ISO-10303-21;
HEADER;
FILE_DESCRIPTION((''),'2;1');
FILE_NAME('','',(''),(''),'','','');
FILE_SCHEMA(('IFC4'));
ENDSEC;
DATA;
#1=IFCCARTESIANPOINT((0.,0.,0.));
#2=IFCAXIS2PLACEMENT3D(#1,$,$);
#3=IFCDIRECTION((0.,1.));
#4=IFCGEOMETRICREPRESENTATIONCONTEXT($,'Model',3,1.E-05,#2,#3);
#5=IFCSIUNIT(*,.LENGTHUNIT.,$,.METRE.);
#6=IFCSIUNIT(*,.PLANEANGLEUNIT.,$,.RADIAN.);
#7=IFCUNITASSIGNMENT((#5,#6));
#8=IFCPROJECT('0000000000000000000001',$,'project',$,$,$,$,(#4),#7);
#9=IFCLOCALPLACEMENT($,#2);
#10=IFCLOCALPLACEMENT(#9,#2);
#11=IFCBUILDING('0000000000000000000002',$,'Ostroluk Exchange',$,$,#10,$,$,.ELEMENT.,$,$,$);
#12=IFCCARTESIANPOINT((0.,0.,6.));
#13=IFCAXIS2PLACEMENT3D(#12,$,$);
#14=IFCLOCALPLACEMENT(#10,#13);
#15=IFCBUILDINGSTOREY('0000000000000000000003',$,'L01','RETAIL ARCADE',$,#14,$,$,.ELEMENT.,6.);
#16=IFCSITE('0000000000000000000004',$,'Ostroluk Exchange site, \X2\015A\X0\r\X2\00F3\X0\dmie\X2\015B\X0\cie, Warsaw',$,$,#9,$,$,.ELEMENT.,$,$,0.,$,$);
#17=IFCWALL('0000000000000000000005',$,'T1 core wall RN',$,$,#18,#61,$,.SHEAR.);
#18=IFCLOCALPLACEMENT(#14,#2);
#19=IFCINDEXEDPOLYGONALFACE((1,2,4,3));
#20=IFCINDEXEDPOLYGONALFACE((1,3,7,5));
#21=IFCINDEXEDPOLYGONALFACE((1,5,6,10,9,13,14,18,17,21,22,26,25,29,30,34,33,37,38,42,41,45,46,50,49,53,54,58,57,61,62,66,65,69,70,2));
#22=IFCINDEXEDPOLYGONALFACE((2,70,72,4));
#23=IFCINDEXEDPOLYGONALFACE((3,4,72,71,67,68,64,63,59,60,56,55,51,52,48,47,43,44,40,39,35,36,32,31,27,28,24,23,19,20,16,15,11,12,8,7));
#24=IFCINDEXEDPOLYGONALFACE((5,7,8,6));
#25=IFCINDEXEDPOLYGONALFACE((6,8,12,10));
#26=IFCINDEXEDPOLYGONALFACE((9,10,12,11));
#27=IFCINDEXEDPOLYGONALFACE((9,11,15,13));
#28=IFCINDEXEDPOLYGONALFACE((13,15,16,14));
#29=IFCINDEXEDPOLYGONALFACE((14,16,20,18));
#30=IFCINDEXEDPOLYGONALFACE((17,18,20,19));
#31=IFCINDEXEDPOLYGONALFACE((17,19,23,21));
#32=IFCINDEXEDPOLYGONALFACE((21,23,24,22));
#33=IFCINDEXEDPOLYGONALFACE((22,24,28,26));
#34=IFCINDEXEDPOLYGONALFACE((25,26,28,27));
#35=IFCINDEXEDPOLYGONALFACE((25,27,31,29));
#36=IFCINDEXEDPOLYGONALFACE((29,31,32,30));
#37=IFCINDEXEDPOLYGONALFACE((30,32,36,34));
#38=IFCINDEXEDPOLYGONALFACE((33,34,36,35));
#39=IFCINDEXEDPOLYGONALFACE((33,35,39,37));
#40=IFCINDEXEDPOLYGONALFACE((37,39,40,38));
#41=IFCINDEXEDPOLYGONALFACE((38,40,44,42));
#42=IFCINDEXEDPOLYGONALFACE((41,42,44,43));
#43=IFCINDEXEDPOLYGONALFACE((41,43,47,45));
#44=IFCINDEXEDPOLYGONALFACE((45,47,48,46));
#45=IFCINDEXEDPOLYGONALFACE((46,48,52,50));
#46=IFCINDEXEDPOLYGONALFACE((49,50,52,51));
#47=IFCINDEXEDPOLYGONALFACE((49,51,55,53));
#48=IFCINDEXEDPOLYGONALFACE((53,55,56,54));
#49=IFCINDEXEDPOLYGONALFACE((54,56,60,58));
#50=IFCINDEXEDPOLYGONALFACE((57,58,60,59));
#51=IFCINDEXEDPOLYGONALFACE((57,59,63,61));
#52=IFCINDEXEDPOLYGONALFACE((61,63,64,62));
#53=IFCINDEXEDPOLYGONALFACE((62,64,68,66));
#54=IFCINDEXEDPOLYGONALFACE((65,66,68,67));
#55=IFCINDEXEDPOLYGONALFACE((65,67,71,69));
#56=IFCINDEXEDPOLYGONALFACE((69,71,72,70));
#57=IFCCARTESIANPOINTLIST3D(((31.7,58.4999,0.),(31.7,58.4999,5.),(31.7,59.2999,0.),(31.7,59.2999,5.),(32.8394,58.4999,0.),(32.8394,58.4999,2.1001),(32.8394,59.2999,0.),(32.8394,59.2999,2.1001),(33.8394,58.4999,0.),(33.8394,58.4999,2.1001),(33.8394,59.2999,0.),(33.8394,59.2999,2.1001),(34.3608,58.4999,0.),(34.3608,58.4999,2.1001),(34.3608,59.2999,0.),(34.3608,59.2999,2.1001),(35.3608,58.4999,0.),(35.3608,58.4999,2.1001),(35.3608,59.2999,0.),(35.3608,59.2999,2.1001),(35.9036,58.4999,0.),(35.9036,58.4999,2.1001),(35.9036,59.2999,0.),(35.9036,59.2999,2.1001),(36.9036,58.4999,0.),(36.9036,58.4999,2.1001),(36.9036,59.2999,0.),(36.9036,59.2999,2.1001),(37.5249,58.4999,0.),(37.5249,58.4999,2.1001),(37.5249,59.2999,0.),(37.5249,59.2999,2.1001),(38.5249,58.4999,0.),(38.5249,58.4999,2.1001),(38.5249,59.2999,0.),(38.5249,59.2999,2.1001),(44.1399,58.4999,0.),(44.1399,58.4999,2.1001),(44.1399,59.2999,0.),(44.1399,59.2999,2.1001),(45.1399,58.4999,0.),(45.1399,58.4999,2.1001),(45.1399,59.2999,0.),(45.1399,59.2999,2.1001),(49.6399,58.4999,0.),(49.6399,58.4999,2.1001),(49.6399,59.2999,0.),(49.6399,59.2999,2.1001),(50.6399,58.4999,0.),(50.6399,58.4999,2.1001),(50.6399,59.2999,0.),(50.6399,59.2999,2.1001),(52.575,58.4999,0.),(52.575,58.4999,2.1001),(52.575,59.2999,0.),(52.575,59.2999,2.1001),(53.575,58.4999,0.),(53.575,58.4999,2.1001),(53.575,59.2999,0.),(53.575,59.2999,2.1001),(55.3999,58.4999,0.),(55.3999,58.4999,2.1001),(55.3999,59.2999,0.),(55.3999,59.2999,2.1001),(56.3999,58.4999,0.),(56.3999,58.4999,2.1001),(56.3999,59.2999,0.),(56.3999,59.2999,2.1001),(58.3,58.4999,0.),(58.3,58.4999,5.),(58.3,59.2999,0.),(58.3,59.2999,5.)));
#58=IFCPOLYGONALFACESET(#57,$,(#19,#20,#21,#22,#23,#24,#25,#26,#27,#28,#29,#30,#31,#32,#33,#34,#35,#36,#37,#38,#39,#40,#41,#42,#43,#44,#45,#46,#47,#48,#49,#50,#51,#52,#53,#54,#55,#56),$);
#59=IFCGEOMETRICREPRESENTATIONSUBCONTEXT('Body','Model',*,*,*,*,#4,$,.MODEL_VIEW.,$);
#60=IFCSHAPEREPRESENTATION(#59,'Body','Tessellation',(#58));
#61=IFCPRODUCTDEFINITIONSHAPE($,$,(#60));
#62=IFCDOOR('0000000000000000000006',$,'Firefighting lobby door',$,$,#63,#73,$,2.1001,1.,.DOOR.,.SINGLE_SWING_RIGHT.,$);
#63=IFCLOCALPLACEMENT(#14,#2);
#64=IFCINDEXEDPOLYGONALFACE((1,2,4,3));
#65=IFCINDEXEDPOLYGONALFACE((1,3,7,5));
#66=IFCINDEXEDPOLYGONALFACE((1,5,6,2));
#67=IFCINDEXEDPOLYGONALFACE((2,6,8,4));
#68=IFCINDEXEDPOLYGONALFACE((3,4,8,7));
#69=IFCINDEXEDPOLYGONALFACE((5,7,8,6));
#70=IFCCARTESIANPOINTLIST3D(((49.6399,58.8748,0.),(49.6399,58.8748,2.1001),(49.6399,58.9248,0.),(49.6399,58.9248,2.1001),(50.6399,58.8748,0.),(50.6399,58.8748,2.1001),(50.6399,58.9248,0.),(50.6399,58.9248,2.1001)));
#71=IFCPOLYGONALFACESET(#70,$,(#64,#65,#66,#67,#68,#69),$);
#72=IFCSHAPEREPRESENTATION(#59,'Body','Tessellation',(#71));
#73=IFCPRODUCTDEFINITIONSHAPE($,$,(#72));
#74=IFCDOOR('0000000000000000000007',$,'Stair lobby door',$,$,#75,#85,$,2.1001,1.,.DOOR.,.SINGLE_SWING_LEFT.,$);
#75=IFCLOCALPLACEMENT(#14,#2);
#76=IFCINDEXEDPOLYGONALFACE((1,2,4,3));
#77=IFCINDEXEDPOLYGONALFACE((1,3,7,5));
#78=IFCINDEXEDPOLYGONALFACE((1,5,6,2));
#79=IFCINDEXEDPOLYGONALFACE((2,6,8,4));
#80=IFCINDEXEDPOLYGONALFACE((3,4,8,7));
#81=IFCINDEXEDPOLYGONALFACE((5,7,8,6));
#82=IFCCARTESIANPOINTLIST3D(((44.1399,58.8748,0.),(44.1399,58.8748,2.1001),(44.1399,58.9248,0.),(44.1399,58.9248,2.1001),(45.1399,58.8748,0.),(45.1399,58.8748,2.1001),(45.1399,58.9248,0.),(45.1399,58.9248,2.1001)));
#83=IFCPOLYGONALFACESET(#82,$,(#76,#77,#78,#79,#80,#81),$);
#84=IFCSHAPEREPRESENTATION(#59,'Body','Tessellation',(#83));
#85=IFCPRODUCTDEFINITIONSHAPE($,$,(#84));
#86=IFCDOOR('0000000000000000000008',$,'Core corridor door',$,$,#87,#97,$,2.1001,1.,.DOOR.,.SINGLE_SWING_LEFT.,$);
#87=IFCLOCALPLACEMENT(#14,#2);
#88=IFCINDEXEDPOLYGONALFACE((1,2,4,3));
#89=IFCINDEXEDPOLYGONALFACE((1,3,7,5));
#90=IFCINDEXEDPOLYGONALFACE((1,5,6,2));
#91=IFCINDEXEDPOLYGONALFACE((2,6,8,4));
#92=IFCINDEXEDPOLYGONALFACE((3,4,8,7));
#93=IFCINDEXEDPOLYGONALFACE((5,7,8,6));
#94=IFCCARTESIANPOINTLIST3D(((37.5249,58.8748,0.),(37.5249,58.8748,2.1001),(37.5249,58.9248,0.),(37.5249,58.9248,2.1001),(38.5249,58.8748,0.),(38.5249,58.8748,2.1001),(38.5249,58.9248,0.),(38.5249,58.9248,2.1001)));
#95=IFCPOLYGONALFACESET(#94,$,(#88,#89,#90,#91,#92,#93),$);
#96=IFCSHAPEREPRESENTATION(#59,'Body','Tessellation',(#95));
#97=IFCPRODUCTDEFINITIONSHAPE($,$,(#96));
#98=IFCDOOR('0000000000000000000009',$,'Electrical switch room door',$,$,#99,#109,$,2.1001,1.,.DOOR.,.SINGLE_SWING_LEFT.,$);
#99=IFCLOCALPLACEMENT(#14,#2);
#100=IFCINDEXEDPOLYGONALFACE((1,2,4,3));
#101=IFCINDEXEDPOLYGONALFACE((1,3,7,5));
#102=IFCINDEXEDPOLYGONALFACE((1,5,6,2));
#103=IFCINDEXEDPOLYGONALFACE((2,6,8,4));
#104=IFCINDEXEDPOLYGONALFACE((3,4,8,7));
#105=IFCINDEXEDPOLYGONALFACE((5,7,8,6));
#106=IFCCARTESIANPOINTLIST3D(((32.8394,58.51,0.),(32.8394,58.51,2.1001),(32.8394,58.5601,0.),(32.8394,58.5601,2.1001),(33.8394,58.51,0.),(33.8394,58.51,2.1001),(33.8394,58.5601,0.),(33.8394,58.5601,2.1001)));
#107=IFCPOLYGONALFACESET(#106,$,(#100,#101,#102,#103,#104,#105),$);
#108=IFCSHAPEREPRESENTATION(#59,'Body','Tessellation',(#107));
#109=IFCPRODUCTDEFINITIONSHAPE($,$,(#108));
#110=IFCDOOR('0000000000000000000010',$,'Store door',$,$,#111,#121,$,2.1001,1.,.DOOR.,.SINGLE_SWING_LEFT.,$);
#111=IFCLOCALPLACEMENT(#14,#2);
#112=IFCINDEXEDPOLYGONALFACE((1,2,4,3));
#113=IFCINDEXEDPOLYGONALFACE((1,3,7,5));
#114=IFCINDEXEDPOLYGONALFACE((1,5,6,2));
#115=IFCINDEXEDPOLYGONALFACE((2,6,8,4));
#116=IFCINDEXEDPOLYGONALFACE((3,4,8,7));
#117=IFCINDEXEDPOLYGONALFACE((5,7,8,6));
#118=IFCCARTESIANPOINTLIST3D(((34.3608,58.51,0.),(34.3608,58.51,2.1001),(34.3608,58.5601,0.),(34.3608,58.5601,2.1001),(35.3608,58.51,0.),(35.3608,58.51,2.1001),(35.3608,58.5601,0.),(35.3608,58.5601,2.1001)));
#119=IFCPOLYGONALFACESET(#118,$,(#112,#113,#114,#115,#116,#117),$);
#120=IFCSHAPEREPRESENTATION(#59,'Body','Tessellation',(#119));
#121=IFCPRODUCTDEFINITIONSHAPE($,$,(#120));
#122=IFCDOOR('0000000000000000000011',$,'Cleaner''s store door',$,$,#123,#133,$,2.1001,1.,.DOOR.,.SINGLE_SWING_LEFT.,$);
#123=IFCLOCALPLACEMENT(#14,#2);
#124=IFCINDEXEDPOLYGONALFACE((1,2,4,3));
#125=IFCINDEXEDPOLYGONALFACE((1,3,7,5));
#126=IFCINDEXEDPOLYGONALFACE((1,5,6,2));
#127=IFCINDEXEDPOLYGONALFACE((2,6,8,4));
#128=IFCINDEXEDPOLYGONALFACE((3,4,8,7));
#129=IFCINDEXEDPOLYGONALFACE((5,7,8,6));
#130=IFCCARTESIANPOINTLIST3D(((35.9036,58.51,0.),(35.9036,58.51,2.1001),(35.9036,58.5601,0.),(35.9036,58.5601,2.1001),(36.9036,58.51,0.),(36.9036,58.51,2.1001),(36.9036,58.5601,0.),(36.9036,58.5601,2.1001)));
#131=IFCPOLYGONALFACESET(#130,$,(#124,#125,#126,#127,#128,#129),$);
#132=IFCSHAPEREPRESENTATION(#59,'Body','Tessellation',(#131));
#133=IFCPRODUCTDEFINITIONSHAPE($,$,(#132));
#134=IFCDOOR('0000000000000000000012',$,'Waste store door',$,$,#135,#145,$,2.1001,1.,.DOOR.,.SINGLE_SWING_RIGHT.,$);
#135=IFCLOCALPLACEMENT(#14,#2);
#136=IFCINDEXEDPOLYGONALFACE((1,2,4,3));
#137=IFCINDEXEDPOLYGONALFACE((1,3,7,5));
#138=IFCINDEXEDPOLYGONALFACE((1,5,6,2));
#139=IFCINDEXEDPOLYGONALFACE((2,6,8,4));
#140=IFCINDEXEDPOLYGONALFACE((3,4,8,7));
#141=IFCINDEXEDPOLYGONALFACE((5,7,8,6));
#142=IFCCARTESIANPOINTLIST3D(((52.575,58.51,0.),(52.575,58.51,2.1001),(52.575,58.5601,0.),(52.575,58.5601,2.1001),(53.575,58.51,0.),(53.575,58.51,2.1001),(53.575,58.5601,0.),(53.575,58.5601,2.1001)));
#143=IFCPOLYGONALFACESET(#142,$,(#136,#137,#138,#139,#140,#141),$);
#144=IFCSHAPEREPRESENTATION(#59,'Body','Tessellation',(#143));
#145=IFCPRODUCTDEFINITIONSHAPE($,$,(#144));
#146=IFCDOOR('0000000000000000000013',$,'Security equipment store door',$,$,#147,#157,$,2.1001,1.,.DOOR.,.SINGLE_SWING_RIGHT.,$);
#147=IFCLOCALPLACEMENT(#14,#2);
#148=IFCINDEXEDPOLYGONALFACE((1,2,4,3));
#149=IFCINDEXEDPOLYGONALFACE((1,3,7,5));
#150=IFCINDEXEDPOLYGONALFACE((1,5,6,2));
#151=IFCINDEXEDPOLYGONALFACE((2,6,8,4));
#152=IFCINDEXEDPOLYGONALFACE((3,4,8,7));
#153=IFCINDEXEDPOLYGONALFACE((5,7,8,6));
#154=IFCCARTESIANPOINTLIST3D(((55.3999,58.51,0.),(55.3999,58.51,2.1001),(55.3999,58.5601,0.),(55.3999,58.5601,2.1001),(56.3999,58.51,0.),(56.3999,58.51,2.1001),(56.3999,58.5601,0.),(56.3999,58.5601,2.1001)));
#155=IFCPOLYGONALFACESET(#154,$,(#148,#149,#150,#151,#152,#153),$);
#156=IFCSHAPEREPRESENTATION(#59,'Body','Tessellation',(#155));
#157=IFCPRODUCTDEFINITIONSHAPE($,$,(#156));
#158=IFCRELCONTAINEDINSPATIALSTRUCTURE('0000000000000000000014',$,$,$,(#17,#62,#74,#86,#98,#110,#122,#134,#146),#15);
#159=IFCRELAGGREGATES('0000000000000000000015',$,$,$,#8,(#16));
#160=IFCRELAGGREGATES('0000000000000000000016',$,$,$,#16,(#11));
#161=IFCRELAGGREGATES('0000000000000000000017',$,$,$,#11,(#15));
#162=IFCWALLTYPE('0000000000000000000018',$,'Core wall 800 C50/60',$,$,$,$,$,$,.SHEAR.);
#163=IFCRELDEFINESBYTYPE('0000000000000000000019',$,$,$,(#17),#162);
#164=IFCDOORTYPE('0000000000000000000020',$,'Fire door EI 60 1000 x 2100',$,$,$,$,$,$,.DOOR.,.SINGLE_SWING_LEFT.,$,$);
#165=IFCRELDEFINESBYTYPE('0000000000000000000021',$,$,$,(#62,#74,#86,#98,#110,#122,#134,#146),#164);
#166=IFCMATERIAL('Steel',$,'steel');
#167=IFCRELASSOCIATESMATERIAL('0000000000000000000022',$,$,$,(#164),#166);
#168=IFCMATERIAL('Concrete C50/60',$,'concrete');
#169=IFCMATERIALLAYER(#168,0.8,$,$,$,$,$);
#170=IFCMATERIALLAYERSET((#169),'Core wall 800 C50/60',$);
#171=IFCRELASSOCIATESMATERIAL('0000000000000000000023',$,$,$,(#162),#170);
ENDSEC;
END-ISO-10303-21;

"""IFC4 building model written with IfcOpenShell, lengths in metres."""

from ifc_helpers import new_model, si_unit, direction, frame, frame_2d, origin, place, context, subcontext, project, spatial, rectangle, extrude, material, layer, layer_set, type_object, element, fill, save


model = new_model("IFC4")

# Units and contexts
model_context = context("Model", 3, precision=1e-05, world=origin(), true_north=direction((0.0, 1.0)))
body_context = subcontext(model_context, "Body", "Model", "MODEL_VIEW")
ifc_project = project(units=[si_unit("LENGTHUNIT", "METRE"), si_unit("PLANEANGLEUNIT", "RADIAN")], contexts=[model_context])

# Site, building, storey
site_placement = place(None, origin())
site = spatial("IfcSite", under=ifc_project, at=site_placement, Name="Ostroluk Exchange site, Śródmieście, Warsaw", CompositionType="ELEMENT", RefElevation=0.0)
building_placement = place(site_placement, origin())
building = spatial("IfcBuilding", under=site, at=building_placement, Name="Ostroluk Exchange", CompositionType="ELEMENT")
storey_placement = place(building_placement, frame((0.0, 0.0, 6.0)))
storey = spatial("IfcBuildingStorey", under=building, at=storey_placement, Name="L01", Description="RETAIL ARCADE", CompositionType="ELEMENT", Elevation=6.0)

# Wall, openings, doors
ifc_material_1 = material(Name="Steel", Category="steel")
door_type = type_object("IfcDoorType", Name="Fire door EI 60 1000 x 2100", OperationType="SINGLE_SWING_LEFT", PredefinedType="DOOR", material=ifc_material_1)
ifc_material_2 = material(Name="Concrete C50/60", Category="concrete")
ifc_layer_1 = layer(ifc_material_2, 0.8)
ifc_layer_set_1 = layer_set([ifc_layer_1], Name="Core wall 800 C50/60")
wall_type_1 = type_object("IfcWallType", Name="Core wall 800 C50/60", PredefinedType="SHEAR", material=ifc_layer_set_1)
wall_1_placement = place(storey_placement, frame((31.7, 58.8999, 0.0), z_axis=(0.0, 0.0, 1.0), x_axis=(1.0, 0.0, 0.0)))
wall_1 = element("IfcWall", 1, at=wall_1_placement, inside=storey, type_object=wall_type_1, Name="T1 core wall RN", PredefinedType="SHEAR", context=body_context, shape_type="SweptSolid", body=[
    extrude(rectangle(XDim=26.6001, YDim=0.8, at=frame_2d((13.3, 0.0))), origin(), (0.0, 0.0, 1.0), 5.0),
])
opening_1_placement = place(wall_1_placement, frame((17.9399, 0.0, 0.0)))
opening_1 = element("IfcOpeningElement", 2, at=opening_1_placement, cuts=wall_1, PredefinedType="OPENING", context=body_context, shape_type="SweptSolid", body=[
    extrude(rectangle(XDim=1.0, YDim=2.1001, at=frame_2d((0.5, 1.05))), frame((0.0, 0.4099, 0.0), z_axis=(0.0, -1.0, 0.0), x_axis=(1.0, 0.0, 0.0)), (0.0, 0.0, 1.0), 0.8201),
])
opening_2_placement = place(wall_1_placement, frame((12.4399, 0.0, 0.0)))
opening_2 = element("IfcOpeningElement", 3, at=opening_2_placement, cuts=wall_1, PredefinedType="OPENING", context=body_context, shape_type="SweptSolid", body=[
    extrude(rectangle(XDim=1.0, YDim=2.1001, at=frame_2d((0.5, 1.05))), frame((0.0, 0.4099, 0.0), z_axis=(0.0, -1.0, 0.0), x_axis=(1.0, 0.0, 0.0)), (0.0, 0.0, 1.0), 0.8201),
])
opening_3_placement = place(wall_1_placement, frame((5.825, 0.0, 0.0)))
opening_3 = element("IfcOpeningElement", 4, at=opening_3_placement, cuts=wall_1, PredefinedType="OPENING", context=body_context, shape_type="SweptSolid", body=[
    extrude(rectangle(XDim=1.0, YDim=2.1001, at=frame_2d((0.5, 1.05))), frame((0.0, 0.4099, 0.0), z_axis=(0.0, -1.0, 0.0), x_axis=(1.0, 0.0, 0.0)), (0.0, 0.0, 1.0), 0.8201),
])
opening_4_placement = place(wall_1_placement, frame((1.1394, 0.0, 0.0)))
opening_4 = element("IfcOpeningElement", 5, at=opening_4_placement, cuts=wall_1, PredefinedType="OPENING", context=body_context, shape_type="SweptSolid", body=[
    extrude(rectangle(XDim=1.0, YDim=2.1001, at=frame_2d((0.5, 1.05))), frame((0.0, 0.4099, 0.0), z_axis=(0.0, -1.0, 0.0), x_axis=(1.0, 0.0, 0.0)), (0.0, 0.0, 1.0), 0.8201),
])
opening_5_placement = place(wall_1_placement, frame((2.6609, 0.0, 0.0)))
opening_5 = element("IfcOpeningElement", 6, at=opening_5_placement, cuts=wall_1, PredefinedType="OPENING", context=body_context, shape_type="SweptSolid", body=[
    extrude(rectangle(XDim=1.0, YDim=2.1001, at=frame_2d((0.5, 1.05))), frame((0.0, 0.4099, 0.0), z_axis=(0.0, -1.0, 0.0), x_axis=(1.0, 0.0, 0.0)), (0.0, 0.0, 1.0), 0.8201),
])
opening_6_placement = place(wall_1_placement, frame((4.2036, 0.0, 0.0)))
opening_6 = element("IfcOpeningElement", 7, at=opening_6_placement, cuts=wall_1, PredefinedType="OPENING", context=body_context, shape_type="SweptSolid", body=[
    extrude(rectangle(XDim=1.0, YDim=2.1001, at=frame_2d((0.5, 1.05))), frame((0.0, 0.4099, 0.0), z_axis=(0.0, -1.0, 0.0), x_axis=(1.0, 0.0, 0.0)), (0.0, 0.0, 1.0), 0.8201),
])
opening_7_placement = place(wall_1_placement, frame((20.875, 0.0, 0.0)))
opening_7 = element("IfcOpeningElement", 8, at=opening_7_placement, cuts=wall_1, PredefinedType="OPENING", context=body_context, shape_type="SweptSolid", body=[
    extrude(rectangle(XDim=1.0, YDim=2.1001, at=frame_2d((0.5, 1.05))), frame((0.0, 0.4099, 0.0), z_axis=(0.0, -1.0, 0.0), x_axis=(1.0, 0.0, 0.0)), (0.0, 0.0, 1.0), 0.8201),
])
opening_8_placement = place(wall_1_placement, frame((23.7, 0.0, 0.0)))
opening_8 = element("IfcOpeningElement", 9, at=opening_8_placement, cuts=wall_1, PredefinedType="OPENING", context=body_context, shape_type="SweptSolid", body=[
    extrude(rectangle(XDim=1.0, YDim=2.1001, at=frame_2d((0.5, 1.05))), frame((0.0, 0.4099, 0.0), z_axis=(0.0, -1.0, 0.0), x_axis=(1.0, 0.0, 0.0)), (0.0, 0.0, 1.0), 0.8201),
])
door_1_placement = place(opening_1_placement, origin())
door_1 = element("IfcDoor", 10, at=door_1_placement, inside=storey, type_object=door_type, Name="Firefighting lobby door", OperationType="SINGLE_SWING_RIGHT", OverallHeight=2.1001, OverallWidth=1.0, PredefinedType="DOOR", context=body_context, shape_type="SweptSolid", body=[
    extrude(rectangle(XDim=1.0, YDim=2.1001, at=frame_2d((0.5, 1.05))), frame((0.0, 0.0249, 0.0), z_axis=(0.0, -1.0, 0.0), x_axis=(1.0, 0.0, 0.0)), (0.0, 0.0, 1.0), 0.05),
])
fill(opening_1, door_1)
door_2_placement = place(opening_2_placement, origin())
door_2 = element("IfcDoor", 11, at=door_2_placement, inside=storey, type_object=door_type, Name="Stair lobby door", OperationType="SINGLE_SWING_LEFT", OverallHeight=2.1001, OverallWidth=1.0, PredefinedType="DOOR", context=body_context, shape_type="SweptSolid", body=[
    extrude(rectangle(XDim=1.0, YDim=2.1001, at=frame_2d((0.5, 1.05))), frame((0.0, 0.0249, 0.0), z_axis=(0.0, -1.0, 0.0), x_axis=(1.0, 0.0, 0.0)), (0.0, 0.0, 1.0), 0.05),
])
fill(opening_2, door_2)
door_3_placement = place(opening_3_placement, origin())
door_3 = element("IfcDoor", 12, at=door_3_placement, inside=storey, type_object=door_type, Name="Core corridor door", OperationType="SINGLE_SWING_LEFT", OverallHeight=2.1001, OverallWidth=1.0, PredefinedType="DOOR", context=body_context, shape_type="SweptSolid", body=[
    extrude(rectangle(XDim=1.0, YDim=2.1001, at=frame_2d((0.5, 1.05))), frame((0.0, 0.0249, 0.0), z_axis=(0.0, -1.0, 0.0), x_axis=(1.0, 0.0, 0.0)), (0.0, 0.0, 1.0), 0.05),
])
fill(opening_3, door_3)
door_4_placement = place(opening_4_placement, origin())
door_4 = element("IfcDoor", 13, at=door_4_placement, inside=storey, type_object=door_type, Name="Electrical switch room door", OperationType="SINGLE_SWING_LEFT", OverallHeight=2.1001, OverallWidth=1.0, PredefinedType="DOOR", context=body_context, shape_type="SweptSolid", body=[
    extrude(rectangle(XDim=1.0, YDim=2.1001, at=frame_2d((0.5, 1.05))), frame((0.0, -0.3398, 0.0), z_axis=(0.0, -1.0, 0.0), x_axis=(1.0, 0.0, 0.0)), (0.0, 0.0, 1.0), 0.05),
])
fill(opening_4, door_4)
door_5_placement = place(opening_5_placement, origin())
door_5 = element("IfcDoor", 14, at=door_5_placement, inside=storey, type_object=door_type, Name="Store door", OperationType="SINGLE_SWING_LEFT", OverallHeight=2.1001, OverallWidth=1.0, PredefinedType="DOOR", context=body_context, shape_type="SweptSolid", body=[
    extrude(rectangle(XDim=1.0, YDim=2.1001, at=frame_2d((0.5, 1.05))), frame((0.0, -0.3398, 0.0), z_axis=(0.0, -1.0, 0.0), x_axis=(1.0, 0.0, 0.0)), (0.0, 0.0, 1.0), 0.05),
])
fill(opening_5, door_5)
door_6_placement = place(opening_6_placement, origin())
door_6 = element("IfcDoor", 15, at=door_6_placement, inside=storey, type_object=door_type, Name="Cleaner's store door", OperationType="SINGLE_SWING_LEFT", OverallHeight=2.1001, OverallWidth=1.0, PredefinedType="DOOR", context=body_context, shape_type="SweptSolid", body=[
    extrude(rectangle(XDim=1.0, YDim=2.1001, at=frame_2d((0.5, 1.05))), frame((0.0, -0.3398, 0.0), z_axis=(0.0, -1.0, 0.0), x_axis=(1.0, 0.0, 0.0)), (0.0, 0.0, 1.0), 0.05),
])
fill(opening_6, door_6)
door_7_placement = place(opening_7_placement, origin())
door_7 = element("IfcDoor", 16, at=door_7_placement, inside=storey, type_object=door_type, Name="Waste store door", OperationType="SINGLE_SWING_RIGHT", OverallHeight=2.1001, OverallWidth=1.0, PredefinedType="DOOR", context=body_context, shape_type="SweptSolid", body=[
    extrude(rectangle(XDim=1.0, YDim=2.1001, at=frame_2d((0.5, 1.05))), frame((0.0, -0.3398, 0.0), z_axis=(0.0, -1.0, 0.0), x_axis=(1.0, 0.0, 0.0)), (0.0, 0.0, 1.0), 0.05),
])
fill(opening_7, door_7)
door_8_placement = place(opening_8_placement, origin())
door_8 = element("IfcDoor", 17, at=door_8_placement, inside=storey, type_object=door_type, Name="Security equipment store door", OperationType="SINGLE_SWING_RIGHT", OverallHeight=2.1001, OverallWidth=1.0, PredefinedType="DOOR", context=body_context, shape_type="SweptSolid", body=[
    extrude(rectangle(XDim=1.0, YDim=2.1001, at=frame_2d((0.5, 1.05))), frame((0.0, -0.3398, 0.0), z_axis=(0.0, -1.0, 0.0), x_axis=(1.0, 0.0, 0.0)), (0.0, 0.0, 1.0), 0.05),
])
fill(opening_8, door_8)

save(model, "model.ifc")
